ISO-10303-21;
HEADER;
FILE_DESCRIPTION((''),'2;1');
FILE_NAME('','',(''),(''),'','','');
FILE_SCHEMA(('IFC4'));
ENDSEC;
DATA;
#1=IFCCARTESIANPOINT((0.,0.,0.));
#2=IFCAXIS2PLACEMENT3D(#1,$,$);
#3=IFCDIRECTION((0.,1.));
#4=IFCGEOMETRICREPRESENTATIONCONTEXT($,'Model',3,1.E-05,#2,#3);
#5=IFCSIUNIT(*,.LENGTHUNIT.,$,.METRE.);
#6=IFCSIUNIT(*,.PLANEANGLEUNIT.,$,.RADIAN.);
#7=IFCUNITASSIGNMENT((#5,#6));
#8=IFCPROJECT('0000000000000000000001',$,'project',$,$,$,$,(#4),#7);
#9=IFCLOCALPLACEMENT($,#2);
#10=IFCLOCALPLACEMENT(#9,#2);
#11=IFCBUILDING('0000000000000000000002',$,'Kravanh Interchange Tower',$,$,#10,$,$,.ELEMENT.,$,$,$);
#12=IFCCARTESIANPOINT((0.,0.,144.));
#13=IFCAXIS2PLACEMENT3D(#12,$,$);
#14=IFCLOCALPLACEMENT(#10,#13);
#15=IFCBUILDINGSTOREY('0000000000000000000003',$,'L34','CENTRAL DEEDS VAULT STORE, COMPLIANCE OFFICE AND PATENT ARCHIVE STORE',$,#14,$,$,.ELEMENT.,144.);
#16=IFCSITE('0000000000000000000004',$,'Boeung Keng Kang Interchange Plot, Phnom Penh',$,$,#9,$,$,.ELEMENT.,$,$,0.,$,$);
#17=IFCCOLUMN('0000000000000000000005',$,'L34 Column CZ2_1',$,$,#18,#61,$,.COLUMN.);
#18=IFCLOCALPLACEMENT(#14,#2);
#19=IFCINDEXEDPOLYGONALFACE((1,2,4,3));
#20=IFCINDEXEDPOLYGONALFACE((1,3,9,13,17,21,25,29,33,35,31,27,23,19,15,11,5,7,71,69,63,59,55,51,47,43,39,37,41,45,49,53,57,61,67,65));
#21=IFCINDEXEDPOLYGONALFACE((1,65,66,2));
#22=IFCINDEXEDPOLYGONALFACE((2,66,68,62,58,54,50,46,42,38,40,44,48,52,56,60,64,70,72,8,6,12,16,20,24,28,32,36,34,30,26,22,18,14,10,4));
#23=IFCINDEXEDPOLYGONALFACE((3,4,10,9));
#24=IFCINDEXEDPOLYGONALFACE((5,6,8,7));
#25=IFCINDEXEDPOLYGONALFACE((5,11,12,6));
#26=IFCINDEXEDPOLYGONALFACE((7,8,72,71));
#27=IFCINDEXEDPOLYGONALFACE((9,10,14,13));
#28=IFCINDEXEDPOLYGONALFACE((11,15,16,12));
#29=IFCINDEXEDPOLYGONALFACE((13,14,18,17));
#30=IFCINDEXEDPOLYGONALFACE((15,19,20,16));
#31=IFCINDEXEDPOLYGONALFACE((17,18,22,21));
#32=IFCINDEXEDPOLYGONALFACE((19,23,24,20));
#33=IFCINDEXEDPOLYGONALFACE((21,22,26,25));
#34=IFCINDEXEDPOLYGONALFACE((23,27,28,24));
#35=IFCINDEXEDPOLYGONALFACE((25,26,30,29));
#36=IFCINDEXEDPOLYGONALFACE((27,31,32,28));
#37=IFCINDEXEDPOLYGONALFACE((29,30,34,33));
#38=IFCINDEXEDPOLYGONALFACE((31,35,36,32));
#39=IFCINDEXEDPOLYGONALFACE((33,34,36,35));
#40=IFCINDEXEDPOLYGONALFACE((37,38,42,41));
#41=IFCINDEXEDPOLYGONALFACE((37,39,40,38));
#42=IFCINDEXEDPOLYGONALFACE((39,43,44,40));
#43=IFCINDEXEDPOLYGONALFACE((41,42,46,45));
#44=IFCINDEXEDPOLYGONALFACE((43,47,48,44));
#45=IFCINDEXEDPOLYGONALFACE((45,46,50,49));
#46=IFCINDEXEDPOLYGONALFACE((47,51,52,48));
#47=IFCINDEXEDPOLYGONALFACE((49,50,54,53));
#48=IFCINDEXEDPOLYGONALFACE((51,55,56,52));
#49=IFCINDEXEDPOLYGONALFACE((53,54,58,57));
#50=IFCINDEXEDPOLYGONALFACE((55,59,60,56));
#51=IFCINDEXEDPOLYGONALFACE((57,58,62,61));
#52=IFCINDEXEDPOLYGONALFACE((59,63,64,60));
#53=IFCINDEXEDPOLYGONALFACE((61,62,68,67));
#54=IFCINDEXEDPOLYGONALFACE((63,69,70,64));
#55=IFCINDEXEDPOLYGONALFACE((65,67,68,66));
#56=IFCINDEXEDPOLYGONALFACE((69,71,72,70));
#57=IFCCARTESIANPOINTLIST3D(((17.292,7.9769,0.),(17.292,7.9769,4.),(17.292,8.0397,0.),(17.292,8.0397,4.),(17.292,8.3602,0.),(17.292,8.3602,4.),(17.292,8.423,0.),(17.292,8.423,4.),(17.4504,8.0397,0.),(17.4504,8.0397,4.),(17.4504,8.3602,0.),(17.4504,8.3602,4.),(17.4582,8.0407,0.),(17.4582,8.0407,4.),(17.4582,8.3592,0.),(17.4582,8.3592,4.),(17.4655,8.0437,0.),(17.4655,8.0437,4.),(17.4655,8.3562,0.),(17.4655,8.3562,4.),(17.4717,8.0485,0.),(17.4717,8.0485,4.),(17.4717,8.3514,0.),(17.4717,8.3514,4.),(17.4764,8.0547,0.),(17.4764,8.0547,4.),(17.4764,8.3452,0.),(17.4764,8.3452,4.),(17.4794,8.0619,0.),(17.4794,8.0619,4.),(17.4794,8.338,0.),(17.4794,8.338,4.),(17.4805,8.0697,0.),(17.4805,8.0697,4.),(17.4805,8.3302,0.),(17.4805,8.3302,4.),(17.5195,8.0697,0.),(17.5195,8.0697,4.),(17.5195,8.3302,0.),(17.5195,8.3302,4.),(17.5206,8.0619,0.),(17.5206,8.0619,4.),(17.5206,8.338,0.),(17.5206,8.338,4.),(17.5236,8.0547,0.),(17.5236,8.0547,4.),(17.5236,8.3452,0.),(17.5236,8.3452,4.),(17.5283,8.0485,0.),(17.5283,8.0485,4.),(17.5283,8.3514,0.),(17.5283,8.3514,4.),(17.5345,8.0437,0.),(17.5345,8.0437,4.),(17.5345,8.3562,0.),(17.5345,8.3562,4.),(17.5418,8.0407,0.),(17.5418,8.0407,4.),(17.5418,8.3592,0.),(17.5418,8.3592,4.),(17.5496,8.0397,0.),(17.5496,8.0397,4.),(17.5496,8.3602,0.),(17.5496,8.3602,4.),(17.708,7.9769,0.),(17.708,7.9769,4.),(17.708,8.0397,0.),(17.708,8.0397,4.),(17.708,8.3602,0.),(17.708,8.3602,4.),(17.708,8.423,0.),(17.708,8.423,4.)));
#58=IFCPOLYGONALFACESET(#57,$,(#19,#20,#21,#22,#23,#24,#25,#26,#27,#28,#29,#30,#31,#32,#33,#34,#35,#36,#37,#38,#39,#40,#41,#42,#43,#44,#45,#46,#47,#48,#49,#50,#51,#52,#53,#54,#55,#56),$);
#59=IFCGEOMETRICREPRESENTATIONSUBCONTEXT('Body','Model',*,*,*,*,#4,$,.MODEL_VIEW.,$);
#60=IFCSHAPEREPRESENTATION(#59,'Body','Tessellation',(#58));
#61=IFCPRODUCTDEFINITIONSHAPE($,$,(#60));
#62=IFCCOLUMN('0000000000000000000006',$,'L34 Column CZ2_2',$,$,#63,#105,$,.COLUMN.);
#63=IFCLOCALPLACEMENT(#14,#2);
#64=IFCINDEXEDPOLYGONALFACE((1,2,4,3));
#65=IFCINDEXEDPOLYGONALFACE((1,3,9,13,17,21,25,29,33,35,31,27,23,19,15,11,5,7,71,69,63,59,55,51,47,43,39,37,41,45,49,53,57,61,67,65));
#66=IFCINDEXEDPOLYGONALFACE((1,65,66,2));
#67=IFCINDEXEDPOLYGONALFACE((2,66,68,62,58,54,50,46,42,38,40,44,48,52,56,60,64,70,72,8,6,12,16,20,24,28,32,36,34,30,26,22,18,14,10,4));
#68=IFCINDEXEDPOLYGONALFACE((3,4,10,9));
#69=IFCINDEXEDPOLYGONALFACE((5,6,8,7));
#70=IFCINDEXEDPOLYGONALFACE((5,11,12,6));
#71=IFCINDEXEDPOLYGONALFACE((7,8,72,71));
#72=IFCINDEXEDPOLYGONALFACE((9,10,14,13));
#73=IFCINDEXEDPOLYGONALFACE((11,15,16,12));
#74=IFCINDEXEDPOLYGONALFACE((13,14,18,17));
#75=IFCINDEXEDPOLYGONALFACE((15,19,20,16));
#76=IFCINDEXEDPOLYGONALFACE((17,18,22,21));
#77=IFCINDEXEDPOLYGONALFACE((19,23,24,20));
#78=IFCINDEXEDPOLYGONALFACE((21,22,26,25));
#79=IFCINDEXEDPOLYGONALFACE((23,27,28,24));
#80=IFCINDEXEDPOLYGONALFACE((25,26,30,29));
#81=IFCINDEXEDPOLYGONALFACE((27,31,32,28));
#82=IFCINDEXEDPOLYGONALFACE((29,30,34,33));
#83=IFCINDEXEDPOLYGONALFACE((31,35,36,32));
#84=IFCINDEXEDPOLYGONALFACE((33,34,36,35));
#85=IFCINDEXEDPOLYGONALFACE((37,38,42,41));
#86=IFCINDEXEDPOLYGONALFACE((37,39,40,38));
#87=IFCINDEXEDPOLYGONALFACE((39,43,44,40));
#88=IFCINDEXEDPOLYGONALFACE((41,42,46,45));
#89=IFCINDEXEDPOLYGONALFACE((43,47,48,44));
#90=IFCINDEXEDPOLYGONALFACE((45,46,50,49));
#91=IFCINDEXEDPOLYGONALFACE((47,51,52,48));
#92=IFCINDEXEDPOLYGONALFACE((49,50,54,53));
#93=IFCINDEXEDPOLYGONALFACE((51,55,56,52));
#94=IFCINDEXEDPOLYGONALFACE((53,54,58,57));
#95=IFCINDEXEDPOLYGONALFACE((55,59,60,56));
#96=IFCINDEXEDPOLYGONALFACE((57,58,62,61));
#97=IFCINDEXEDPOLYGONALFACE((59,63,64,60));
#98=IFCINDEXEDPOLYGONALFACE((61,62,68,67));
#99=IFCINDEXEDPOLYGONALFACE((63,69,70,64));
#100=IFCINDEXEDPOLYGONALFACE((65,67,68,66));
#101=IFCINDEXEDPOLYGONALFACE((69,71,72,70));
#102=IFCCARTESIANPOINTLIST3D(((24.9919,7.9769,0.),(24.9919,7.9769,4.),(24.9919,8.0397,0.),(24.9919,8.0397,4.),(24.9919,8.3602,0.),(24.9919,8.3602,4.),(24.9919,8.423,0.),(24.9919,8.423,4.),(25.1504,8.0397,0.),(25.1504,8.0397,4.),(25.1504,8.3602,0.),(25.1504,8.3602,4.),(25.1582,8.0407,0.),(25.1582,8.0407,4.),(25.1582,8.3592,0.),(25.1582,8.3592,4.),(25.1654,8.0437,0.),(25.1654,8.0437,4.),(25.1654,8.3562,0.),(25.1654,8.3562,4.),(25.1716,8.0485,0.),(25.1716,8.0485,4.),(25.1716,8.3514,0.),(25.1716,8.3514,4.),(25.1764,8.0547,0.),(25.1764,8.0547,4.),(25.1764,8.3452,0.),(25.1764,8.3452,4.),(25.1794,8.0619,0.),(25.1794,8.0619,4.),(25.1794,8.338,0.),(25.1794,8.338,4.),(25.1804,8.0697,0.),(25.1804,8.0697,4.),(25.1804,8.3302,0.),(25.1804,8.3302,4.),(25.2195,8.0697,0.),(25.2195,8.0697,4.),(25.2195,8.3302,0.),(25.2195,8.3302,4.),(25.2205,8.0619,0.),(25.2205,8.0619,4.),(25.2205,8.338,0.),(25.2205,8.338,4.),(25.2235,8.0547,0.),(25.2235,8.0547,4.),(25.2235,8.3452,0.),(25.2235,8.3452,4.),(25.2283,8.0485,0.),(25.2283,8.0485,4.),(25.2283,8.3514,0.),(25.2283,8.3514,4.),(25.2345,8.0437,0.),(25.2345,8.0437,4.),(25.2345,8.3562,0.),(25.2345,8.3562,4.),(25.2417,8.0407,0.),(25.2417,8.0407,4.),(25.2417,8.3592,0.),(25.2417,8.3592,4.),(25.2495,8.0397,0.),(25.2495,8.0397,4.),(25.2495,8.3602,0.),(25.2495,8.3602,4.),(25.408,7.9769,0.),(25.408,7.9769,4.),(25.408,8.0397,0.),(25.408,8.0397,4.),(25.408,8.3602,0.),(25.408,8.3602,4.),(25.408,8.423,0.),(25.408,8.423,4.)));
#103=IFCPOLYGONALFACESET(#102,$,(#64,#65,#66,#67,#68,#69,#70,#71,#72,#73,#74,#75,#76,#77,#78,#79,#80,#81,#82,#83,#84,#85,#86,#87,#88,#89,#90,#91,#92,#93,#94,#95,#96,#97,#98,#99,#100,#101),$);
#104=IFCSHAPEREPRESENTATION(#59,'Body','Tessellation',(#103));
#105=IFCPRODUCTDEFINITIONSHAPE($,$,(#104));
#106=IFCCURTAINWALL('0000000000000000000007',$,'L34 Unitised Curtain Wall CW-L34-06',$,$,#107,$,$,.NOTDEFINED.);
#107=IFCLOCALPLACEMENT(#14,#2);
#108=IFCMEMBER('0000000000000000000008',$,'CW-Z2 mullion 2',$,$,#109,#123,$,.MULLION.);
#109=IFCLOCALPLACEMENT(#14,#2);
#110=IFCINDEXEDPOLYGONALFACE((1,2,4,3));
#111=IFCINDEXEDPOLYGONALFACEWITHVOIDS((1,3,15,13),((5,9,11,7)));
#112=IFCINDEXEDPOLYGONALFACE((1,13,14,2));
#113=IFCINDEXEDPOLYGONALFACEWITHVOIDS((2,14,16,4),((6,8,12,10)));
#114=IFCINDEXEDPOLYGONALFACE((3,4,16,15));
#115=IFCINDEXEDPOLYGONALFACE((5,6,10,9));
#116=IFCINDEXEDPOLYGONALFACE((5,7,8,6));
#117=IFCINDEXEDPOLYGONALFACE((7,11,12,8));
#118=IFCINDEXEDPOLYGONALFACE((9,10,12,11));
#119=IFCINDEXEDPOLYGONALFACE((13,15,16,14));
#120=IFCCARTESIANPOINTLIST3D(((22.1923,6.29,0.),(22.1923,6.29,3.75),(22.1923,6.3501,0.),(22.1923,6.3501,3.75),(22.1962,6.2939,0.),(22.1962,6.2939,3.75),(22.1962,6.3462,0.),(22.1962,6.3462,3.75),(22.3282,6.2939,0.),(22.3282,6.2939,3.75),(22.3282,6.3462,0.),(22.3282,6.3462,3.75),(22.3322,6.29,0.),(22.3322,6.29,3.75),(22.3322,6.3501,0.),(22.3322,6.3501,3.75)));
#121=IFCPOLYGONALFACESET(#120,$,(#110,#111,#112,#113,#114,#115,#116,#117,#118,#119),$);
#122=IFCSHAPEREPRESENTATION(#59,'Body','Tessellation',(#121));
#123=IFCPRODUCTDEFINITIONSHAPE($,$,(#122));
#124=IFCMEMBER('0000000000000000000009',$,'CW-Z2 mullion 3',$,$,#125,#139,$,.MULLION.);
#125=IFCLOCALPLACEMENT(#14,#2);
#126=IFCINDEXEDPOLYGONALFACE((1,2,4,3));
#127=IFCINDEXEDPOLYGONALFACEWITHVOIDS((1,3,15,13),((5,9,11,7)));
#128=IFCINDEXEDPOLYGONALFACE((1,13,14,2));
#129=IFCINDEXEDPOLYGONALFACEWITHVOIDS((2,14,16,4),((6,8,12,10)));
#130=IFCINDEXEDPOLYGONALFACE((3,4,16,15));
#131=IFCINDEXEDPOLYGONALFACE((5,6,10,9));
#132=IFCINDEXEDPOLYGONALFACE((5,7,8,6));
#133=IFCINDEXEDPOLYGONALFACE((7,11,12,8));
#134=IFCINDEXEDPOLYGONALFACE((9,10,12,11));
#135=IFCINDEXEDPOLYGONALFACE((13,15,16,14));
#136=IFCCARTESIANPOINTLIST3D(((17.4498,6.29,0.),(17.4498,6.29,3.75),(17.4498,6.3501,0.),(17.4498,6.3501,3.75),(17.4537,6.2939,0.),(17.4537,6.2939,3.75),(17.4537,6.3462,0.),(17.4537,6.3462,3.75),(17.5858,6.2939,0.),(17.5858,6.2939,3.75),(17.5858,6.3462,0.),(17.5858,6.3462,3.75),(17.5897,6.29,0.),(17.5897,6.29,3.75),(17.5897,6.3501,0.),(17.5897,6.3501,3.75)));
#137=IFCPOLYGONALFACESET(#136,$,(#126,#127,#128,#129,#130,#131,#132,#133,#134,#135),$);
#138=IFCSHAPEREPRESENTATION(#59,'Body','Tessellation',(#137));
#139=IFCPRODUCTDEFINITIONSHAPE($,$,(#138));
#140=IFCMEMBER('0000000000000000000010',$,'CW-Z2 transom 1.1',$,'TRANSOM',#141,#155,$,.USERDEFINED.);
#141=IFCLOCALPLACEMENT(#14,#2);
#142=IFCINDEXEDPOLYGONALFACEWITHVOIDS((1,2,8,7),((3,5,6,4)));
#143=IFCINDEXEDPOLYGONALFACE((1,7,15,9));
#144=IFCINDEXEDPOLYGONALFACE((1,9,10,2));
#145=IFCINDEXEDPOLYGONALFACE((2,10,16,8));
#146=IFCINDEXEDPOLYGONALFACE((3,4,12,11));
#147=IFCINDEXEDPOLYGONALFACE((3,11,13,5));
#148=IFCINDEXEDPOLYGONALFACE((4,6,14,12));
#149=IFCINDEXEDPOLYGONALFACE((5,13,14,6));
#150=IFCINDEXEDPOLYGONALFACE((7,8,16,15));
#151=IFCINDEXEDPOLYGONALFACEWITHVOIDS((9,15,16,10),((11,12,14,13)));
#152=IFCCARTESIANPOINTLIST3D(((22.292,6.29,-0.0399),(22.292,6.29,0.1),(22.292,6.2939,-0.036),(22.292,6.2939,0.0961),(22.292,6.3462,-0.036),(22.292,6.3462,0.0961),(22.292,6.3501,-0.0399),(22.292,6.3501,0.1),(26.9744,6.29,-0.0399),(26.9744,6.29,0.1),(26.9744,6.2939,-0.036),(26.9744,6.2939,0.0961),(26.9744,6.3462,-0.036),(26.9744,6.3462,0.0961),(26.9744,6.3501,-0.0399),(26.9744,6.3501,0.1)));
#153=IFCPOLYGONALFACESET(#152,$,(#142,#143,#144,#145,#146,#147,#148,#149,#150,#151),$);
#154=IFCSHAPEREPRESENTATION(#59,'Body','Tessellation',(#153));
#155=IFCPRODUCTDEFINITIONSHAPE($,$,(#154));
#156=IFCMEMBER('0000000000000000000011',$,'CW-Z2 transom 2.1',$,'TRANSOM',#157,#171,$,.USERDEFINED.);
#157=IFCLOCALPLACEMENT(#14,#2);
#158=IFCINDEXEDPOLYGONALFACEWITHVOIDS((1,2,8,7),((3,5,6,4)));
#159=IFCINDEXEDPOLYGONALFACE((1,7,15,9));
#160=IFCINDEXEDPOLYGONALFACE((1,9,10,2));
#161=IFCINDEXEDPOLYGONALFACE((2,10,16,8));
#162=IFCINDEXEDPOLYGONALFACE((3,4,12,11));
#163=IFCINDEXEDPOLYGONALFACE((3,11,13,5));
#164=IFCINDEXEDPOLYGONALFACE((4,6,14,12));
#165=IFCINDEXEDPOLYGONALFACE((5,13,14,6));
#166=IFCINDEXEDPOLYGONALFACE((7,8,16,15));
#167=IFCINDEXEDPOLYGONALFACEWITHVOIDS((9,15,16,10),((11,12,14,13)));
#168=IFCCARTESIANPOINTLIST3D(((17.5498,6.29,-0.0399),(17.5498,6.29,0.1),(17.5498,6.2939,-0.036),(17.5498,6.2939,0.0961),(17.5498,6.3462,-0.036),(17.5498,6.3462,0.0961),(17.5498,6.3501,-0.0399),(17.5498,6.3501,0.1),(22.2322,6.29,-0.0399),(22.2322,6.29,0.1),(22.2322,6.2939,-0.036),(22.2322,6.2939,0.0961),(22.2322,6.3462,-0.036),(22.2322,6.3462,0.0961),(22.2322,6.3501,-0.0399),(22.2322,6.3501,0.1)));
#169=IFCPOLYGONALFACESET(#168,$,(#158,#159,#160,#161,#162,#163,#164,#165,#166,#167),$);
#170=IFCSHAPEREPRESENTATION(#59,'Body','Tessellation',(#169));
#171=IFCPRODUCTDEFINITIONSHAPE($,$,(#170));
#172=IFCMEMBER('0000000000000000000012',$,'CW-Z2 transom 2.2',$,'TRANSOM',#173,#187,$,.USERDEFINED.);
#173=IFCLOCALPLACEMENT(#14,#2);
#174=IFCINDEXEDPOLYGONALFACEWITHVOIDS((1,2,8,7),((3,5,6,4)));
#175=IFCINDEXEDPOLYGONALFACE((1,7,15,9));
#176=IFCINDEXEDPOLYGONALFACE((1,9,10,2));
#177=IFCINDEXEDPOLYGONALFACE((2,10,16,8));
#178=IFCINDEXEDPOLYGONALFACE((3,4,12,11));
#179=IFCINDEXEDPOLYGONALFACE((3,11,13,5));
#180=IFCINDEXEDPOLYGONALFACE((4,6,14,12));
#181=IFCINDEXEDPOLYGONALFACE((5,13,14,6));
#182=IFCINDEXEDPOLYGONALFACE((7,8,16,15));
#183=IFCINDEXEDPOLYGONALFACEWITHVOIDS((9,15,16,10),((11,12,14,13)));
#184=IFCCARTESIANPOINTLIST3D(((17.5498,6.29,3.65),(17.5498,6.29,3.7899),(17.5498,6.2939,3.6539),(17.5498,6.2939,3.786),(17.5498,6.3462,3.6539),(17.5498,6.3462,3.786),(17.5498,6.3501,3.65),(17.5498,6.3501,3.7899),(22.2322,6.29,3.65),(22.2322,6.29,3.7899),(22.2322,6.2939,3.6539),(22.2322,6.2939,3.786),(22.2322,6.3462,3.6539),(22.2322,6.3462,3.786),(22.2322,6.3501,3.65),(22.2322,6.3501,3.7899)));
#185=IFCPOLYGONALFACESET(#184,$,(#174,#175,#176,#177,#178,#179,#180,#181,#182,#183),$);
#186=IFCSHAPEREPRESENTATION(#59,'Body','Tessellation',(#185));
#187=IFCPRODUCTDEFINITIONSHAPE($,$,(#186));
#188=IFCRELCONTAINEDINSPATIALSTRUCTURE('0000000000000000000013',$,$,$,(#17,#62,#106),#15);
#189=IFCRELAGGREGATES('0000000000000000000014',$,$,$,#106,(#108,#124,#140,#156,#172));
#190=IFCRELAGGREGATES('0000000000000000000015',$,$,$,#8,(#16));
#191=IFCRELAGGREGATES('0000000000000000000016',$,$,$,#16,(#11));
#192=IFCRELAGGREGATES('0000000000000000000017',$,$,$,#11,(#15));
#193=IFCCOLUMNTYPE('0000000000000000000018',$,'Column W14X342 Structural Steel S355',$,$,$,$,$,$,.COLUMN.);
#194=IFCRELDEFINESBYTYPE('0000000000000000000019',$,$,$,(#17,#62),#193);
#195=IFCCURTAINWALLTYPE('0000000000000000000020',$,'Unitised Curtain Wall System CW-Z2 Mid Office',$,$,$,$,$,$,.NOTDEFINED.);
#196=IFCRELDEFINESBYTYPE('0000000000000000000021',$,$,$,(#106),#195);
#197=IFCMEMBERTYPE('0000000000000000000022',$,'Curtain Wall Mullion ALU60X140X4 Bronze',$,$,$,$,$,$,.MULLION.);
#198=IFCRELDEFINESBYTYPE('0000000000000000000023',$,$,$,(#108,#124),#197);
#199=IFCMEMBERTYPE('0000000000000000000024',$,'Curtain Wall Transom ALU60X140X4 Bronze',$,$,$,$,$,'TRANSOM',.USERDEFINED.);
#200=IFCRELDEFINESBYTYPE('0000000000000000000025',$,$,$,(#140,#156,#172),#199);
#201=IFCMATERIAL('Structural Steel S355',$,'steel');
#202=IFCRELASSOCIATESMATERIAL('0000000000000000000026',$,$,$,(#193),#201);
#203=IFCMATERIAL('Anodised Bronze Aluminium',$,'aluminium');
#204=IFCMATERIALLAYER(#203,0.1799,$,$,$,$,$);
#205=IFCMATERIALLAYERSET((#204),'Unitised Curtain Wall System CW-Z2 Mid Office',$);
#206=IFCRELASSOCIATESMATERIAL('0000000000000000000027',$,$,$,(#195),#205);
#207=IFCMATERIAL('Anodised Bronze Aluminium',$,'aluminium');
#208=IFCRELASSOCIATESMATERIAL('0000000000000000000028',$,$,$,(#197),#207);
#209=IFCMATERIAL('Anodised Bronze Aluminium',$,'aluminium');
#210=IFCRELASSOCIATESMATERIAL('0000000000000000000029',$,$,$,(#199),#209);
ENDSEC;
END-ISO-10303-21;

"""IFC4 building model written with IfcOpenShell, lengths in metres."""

from ifc_helpers import new_model, si_unit, direction, frame, origin, origin_2d, place, context, subcontext, project, spatial, hollow_rectangle, i_section, extrude, material, layer, layer_set, material_profile, profile_set, type_object, element, aggregate, save


model = new_model("IFC4")

# Units and contexts
model_context = context("Model", 3, precision=1e-05, world=origin(), true_north=direction((0.0, 1.0)))
body_context = subcontext(model_context, "Body", "Model", "MODEL_VIEW")
ifc_project = project(units=[si_unit("LENGTHUNIT", "METRE"), si_unit("PLANEANGLEUNIT", "RADIAN")], contexts=[model_context])

# Site, building, storey
site_placement = place(None, origin())
site = spatial("IfcSite", under=ifc_project, at=site_placement, Name="Boeung Keng Kang Interchange Plot, Phnom Penh", CompositionType="ELEMENT", RefElevation=0.0)
building_placement = place(site_placement, origin())
building = spatial("IfcBuilding", under=site, at=building_placement, Name="Kravanh Interchange Tower", CompositionType="ELEMENT")
storey_placement = place(building_placement, frame((0.0, 0.0, 144.0)))
storey = spatial("IfcBuildingStorey", under=building, at=storey_placement, Name="L34", Description="CENTRAL DEEDS VAULT STORE, COMPLIANCE OFFICE AND PATENT ARCHIVE STORE", CompositionType="ELEMENT", Elevation=144.0)

# Columns
ifc_material_1 = material(Name="Structural Steel S355", Category="steel")
ifc_material_profile_1 = material_profile(ifc_material_1, i_section(OverallWidth=0.416, OverallDepth=0.446, WebThickness=0.0391, FlangeThickness=0.0627, FilletRadius=0.03, at=origin_2d()), Name="W14X342")
ifc_profile_set_1 = profile_set([ifc_material_profile_1], Name="Structural Steel S355")
column_type = type_object("IfcColumnType", Name="Column W14X342 Structural Steel S355", PredefinedType="COLUMN", material=ifc_profile_set_1)
for number, where, z_axis, x_axis, name in (
    (1, (17.5, 8.2, 0.0), (0.0, 0.0, 1.0), (1.0, 0.0, 0.0), "L34 Column CZ2_1"),
    (2, (25.2, 8.2, 0.0), (0.0, 0.0, 1.0), (1.0, 0.0, 0.0), "L34 Column CZ2_2"),
):
    element("IfcColumn", number, at=place(storey_placement, frame(where, z_axis=z_axis, x_axis=x_axis)), inside=storey, type_object=column_type, Name=name, PredefinedType="COLUMN", context=body_context, shape_type="SweptSolid", body=[
        extrude(i_section(OverallWidth=0.416, OverallDepth=0.446, WebThickness=0.0391, FlangeThickness=0.0627, FilletRadius=0.03, at=origin_2d()), origin(), (0.0, 0.0, 1.0), 4.0),
    ])

# Curtain wall, members
ifc_material_2 = material(Name="Anodised Bronze Aluminium", Category="aluminium")
ifc_layer_1 = layer(ifc_material_2, 0.1799)
ifc_layer_set_1 = layer_set([ifc_layer_1], Name="Unitised Curtain Wall System CW-Z2 Mid Office")
curtain_wall_type = type_object("IfcCurtainWallType", Name="Unitised Curtain Wall System CW-Z2 Mid Office", PredefinedType="NOTDEFINED", material=ifc_layer_set_1)
curtain_wall_placement = place(storey_placement, origin())
curtain_wall = element("IfcCurtainWall", 3, at=curtain_wall_placement, inside=storey, type_object=curtain_wall_type, Name="L34 Unitised Curtain Wall CW-L34-06", PredefinedType="NOTDEFINED")
ifc_material_3 = material(Name="Anodised Bronze Aluminium", Category="aluminium")
ifc_material_profile_2 = material_profile(ifc_material_3, hollow_rectangle(XDim=0.0601, YDim=0.1399, WallThickness=0.0039, at=origin_2d()), Name="ALU60X140X4")
ifc_profile_set_2 = profile_set([ifc_material_profile_2], Name="Anodised Bronze Aluminium")
member_type_1 = type_object("IfcMemberType", Name="Curtain Wall Mullion ALU60X140X4 Bronze", PredefinedType="MULLION", material=ifc_profile_set_2)
member_1_placement = place(storey_placement, frame((22.2622, 6.3201, 0.0), z_axis=(0.0, 0.0, 1.0), x_axis=(0.0, -1.0, 0.0)))
member_1 = element("IfcMember", 4, at=member_1_placement, type_object=member_type_1, Name="CW-Z2 mullion 2", PredefinedType="MULLION", context=body_context, shape_type="SweptSolid", body=[
    extrude(hollow_rectangle(XDim=0.0601, YDim=0.1399, WallThickness=0.0039, at=origin_2d()), origin(), (0.0, 0.0, 1.0), 3.75),
])
member_2_placement = place(storey_placement, frame((17.5198, 6.3201, 0.0), z_axis=(0.0, 0.0, 1.0), x_axis=(0.0, -1.0, 0.0)))
member_2 = element("IfcMember", 5, at=member_2_placement, type_object=member_type_1, Name="CW-Z2 mullion 3", PredefinedType="MULLION", context=body_context, shape_type="SweptSolid", body=[
    extrude(hollow_rectangle(XDim=0.0601, YDim=0.1399, WallThickness=0.0039, at=origin_2d()), origin(), (0.0, 0.0, 1.0), 3.75),
])
ifc_material_4 = material(Name="Anodised Bronze Aluminium", Category="aluminium")
ifc_material_profile_3 = material_profile(ifc_material_4, hollow_rectangle(XDim=0.0601, YDim=0.1399, WallThickness=0.0039, at=origin_2d()), Name="ALU60X140X4")
ifc_profile_set_3 = profile_set([ifc_material_profile_3], Name="Anodised Bronze Aluminium")
member_type_2 = type_object("IfcMemberType", Name="Curtain Wall Transom ALU60X140X4 Bronze", ElementType="TRANSOM", PredefinedType="USERDEFINED", material=ifc_profile_set_3)
member_3_placement = place(storey_placement, frame((26.9744, 6.3201, 0.03), z_axis=(-1.0, 0.0, 0.0), x_axis=(0.0, -1.0, 0.0)))
member_3 = element("IfcMember", 6, at=member_3_placement, type_object=member_type_2, Name="CW-Z2 transom 1.1", ObjectType="TRANSOM", PredefinedType="USERDEFINED", context=body_context, shape_type="SweptSolid", body=[
    extrude(hollow_rectangle(XDim=0.0601, YDim=0.1399, WallThickness=0.0039, at=origin_2d()), origin(), (0.0, 0.0, 1.0), 4.6824),
])
member_4_placement = place(storey_placement, frame((22.2322, 6.3201, 0.03), z_axis=(-1.0, 0.0, 0.0), x_axis=(0.0, -1.0, 0.0)))
member_4 = element("IfcMember", 7, at=member_4_placement, type_object=member_type_2, Name="CW-Z2 transom 2.1", ObjectType="TRANSOM", PredefinedType="USERDEFINED", context=body_context, shape_type="SweptSolid", body=[
    extrude(hollow_rectangle(XDim=0.0601, YDim=0.1399, WallThickness=0.0039, at=origin_2d()), origin(), (0.0, 0.0, 1.0), 4.6824),
])
member_5_placement = place(storey_placement, frame((22.2322, 6.3201, 3.72), z_axis=(-1.0, 0.0, 0.0), x_axis=(0.0, -1.0, 0.0)))
member_5 = element("IfcMember", 8, at=member_5_placement, type_object=member_type_2, Name="CW-Z2 transom 2.2", ObjectType="TRANSOM", PredefinedType="USERDEFINED", context=body_context, shape_type="SweptSolid", body=[
    extrude(hollow_rectangle(XDim=0.0601, YDim=0.1399, WallThickness=0.0039, at=origin_2d()), origin(), (0.0, 0.0, 1.0), 4.6824),
])

aggregate(curtain_wall, [member_1, member_2, member_3, member_4, member_5])

save(model, "model.ifc")
